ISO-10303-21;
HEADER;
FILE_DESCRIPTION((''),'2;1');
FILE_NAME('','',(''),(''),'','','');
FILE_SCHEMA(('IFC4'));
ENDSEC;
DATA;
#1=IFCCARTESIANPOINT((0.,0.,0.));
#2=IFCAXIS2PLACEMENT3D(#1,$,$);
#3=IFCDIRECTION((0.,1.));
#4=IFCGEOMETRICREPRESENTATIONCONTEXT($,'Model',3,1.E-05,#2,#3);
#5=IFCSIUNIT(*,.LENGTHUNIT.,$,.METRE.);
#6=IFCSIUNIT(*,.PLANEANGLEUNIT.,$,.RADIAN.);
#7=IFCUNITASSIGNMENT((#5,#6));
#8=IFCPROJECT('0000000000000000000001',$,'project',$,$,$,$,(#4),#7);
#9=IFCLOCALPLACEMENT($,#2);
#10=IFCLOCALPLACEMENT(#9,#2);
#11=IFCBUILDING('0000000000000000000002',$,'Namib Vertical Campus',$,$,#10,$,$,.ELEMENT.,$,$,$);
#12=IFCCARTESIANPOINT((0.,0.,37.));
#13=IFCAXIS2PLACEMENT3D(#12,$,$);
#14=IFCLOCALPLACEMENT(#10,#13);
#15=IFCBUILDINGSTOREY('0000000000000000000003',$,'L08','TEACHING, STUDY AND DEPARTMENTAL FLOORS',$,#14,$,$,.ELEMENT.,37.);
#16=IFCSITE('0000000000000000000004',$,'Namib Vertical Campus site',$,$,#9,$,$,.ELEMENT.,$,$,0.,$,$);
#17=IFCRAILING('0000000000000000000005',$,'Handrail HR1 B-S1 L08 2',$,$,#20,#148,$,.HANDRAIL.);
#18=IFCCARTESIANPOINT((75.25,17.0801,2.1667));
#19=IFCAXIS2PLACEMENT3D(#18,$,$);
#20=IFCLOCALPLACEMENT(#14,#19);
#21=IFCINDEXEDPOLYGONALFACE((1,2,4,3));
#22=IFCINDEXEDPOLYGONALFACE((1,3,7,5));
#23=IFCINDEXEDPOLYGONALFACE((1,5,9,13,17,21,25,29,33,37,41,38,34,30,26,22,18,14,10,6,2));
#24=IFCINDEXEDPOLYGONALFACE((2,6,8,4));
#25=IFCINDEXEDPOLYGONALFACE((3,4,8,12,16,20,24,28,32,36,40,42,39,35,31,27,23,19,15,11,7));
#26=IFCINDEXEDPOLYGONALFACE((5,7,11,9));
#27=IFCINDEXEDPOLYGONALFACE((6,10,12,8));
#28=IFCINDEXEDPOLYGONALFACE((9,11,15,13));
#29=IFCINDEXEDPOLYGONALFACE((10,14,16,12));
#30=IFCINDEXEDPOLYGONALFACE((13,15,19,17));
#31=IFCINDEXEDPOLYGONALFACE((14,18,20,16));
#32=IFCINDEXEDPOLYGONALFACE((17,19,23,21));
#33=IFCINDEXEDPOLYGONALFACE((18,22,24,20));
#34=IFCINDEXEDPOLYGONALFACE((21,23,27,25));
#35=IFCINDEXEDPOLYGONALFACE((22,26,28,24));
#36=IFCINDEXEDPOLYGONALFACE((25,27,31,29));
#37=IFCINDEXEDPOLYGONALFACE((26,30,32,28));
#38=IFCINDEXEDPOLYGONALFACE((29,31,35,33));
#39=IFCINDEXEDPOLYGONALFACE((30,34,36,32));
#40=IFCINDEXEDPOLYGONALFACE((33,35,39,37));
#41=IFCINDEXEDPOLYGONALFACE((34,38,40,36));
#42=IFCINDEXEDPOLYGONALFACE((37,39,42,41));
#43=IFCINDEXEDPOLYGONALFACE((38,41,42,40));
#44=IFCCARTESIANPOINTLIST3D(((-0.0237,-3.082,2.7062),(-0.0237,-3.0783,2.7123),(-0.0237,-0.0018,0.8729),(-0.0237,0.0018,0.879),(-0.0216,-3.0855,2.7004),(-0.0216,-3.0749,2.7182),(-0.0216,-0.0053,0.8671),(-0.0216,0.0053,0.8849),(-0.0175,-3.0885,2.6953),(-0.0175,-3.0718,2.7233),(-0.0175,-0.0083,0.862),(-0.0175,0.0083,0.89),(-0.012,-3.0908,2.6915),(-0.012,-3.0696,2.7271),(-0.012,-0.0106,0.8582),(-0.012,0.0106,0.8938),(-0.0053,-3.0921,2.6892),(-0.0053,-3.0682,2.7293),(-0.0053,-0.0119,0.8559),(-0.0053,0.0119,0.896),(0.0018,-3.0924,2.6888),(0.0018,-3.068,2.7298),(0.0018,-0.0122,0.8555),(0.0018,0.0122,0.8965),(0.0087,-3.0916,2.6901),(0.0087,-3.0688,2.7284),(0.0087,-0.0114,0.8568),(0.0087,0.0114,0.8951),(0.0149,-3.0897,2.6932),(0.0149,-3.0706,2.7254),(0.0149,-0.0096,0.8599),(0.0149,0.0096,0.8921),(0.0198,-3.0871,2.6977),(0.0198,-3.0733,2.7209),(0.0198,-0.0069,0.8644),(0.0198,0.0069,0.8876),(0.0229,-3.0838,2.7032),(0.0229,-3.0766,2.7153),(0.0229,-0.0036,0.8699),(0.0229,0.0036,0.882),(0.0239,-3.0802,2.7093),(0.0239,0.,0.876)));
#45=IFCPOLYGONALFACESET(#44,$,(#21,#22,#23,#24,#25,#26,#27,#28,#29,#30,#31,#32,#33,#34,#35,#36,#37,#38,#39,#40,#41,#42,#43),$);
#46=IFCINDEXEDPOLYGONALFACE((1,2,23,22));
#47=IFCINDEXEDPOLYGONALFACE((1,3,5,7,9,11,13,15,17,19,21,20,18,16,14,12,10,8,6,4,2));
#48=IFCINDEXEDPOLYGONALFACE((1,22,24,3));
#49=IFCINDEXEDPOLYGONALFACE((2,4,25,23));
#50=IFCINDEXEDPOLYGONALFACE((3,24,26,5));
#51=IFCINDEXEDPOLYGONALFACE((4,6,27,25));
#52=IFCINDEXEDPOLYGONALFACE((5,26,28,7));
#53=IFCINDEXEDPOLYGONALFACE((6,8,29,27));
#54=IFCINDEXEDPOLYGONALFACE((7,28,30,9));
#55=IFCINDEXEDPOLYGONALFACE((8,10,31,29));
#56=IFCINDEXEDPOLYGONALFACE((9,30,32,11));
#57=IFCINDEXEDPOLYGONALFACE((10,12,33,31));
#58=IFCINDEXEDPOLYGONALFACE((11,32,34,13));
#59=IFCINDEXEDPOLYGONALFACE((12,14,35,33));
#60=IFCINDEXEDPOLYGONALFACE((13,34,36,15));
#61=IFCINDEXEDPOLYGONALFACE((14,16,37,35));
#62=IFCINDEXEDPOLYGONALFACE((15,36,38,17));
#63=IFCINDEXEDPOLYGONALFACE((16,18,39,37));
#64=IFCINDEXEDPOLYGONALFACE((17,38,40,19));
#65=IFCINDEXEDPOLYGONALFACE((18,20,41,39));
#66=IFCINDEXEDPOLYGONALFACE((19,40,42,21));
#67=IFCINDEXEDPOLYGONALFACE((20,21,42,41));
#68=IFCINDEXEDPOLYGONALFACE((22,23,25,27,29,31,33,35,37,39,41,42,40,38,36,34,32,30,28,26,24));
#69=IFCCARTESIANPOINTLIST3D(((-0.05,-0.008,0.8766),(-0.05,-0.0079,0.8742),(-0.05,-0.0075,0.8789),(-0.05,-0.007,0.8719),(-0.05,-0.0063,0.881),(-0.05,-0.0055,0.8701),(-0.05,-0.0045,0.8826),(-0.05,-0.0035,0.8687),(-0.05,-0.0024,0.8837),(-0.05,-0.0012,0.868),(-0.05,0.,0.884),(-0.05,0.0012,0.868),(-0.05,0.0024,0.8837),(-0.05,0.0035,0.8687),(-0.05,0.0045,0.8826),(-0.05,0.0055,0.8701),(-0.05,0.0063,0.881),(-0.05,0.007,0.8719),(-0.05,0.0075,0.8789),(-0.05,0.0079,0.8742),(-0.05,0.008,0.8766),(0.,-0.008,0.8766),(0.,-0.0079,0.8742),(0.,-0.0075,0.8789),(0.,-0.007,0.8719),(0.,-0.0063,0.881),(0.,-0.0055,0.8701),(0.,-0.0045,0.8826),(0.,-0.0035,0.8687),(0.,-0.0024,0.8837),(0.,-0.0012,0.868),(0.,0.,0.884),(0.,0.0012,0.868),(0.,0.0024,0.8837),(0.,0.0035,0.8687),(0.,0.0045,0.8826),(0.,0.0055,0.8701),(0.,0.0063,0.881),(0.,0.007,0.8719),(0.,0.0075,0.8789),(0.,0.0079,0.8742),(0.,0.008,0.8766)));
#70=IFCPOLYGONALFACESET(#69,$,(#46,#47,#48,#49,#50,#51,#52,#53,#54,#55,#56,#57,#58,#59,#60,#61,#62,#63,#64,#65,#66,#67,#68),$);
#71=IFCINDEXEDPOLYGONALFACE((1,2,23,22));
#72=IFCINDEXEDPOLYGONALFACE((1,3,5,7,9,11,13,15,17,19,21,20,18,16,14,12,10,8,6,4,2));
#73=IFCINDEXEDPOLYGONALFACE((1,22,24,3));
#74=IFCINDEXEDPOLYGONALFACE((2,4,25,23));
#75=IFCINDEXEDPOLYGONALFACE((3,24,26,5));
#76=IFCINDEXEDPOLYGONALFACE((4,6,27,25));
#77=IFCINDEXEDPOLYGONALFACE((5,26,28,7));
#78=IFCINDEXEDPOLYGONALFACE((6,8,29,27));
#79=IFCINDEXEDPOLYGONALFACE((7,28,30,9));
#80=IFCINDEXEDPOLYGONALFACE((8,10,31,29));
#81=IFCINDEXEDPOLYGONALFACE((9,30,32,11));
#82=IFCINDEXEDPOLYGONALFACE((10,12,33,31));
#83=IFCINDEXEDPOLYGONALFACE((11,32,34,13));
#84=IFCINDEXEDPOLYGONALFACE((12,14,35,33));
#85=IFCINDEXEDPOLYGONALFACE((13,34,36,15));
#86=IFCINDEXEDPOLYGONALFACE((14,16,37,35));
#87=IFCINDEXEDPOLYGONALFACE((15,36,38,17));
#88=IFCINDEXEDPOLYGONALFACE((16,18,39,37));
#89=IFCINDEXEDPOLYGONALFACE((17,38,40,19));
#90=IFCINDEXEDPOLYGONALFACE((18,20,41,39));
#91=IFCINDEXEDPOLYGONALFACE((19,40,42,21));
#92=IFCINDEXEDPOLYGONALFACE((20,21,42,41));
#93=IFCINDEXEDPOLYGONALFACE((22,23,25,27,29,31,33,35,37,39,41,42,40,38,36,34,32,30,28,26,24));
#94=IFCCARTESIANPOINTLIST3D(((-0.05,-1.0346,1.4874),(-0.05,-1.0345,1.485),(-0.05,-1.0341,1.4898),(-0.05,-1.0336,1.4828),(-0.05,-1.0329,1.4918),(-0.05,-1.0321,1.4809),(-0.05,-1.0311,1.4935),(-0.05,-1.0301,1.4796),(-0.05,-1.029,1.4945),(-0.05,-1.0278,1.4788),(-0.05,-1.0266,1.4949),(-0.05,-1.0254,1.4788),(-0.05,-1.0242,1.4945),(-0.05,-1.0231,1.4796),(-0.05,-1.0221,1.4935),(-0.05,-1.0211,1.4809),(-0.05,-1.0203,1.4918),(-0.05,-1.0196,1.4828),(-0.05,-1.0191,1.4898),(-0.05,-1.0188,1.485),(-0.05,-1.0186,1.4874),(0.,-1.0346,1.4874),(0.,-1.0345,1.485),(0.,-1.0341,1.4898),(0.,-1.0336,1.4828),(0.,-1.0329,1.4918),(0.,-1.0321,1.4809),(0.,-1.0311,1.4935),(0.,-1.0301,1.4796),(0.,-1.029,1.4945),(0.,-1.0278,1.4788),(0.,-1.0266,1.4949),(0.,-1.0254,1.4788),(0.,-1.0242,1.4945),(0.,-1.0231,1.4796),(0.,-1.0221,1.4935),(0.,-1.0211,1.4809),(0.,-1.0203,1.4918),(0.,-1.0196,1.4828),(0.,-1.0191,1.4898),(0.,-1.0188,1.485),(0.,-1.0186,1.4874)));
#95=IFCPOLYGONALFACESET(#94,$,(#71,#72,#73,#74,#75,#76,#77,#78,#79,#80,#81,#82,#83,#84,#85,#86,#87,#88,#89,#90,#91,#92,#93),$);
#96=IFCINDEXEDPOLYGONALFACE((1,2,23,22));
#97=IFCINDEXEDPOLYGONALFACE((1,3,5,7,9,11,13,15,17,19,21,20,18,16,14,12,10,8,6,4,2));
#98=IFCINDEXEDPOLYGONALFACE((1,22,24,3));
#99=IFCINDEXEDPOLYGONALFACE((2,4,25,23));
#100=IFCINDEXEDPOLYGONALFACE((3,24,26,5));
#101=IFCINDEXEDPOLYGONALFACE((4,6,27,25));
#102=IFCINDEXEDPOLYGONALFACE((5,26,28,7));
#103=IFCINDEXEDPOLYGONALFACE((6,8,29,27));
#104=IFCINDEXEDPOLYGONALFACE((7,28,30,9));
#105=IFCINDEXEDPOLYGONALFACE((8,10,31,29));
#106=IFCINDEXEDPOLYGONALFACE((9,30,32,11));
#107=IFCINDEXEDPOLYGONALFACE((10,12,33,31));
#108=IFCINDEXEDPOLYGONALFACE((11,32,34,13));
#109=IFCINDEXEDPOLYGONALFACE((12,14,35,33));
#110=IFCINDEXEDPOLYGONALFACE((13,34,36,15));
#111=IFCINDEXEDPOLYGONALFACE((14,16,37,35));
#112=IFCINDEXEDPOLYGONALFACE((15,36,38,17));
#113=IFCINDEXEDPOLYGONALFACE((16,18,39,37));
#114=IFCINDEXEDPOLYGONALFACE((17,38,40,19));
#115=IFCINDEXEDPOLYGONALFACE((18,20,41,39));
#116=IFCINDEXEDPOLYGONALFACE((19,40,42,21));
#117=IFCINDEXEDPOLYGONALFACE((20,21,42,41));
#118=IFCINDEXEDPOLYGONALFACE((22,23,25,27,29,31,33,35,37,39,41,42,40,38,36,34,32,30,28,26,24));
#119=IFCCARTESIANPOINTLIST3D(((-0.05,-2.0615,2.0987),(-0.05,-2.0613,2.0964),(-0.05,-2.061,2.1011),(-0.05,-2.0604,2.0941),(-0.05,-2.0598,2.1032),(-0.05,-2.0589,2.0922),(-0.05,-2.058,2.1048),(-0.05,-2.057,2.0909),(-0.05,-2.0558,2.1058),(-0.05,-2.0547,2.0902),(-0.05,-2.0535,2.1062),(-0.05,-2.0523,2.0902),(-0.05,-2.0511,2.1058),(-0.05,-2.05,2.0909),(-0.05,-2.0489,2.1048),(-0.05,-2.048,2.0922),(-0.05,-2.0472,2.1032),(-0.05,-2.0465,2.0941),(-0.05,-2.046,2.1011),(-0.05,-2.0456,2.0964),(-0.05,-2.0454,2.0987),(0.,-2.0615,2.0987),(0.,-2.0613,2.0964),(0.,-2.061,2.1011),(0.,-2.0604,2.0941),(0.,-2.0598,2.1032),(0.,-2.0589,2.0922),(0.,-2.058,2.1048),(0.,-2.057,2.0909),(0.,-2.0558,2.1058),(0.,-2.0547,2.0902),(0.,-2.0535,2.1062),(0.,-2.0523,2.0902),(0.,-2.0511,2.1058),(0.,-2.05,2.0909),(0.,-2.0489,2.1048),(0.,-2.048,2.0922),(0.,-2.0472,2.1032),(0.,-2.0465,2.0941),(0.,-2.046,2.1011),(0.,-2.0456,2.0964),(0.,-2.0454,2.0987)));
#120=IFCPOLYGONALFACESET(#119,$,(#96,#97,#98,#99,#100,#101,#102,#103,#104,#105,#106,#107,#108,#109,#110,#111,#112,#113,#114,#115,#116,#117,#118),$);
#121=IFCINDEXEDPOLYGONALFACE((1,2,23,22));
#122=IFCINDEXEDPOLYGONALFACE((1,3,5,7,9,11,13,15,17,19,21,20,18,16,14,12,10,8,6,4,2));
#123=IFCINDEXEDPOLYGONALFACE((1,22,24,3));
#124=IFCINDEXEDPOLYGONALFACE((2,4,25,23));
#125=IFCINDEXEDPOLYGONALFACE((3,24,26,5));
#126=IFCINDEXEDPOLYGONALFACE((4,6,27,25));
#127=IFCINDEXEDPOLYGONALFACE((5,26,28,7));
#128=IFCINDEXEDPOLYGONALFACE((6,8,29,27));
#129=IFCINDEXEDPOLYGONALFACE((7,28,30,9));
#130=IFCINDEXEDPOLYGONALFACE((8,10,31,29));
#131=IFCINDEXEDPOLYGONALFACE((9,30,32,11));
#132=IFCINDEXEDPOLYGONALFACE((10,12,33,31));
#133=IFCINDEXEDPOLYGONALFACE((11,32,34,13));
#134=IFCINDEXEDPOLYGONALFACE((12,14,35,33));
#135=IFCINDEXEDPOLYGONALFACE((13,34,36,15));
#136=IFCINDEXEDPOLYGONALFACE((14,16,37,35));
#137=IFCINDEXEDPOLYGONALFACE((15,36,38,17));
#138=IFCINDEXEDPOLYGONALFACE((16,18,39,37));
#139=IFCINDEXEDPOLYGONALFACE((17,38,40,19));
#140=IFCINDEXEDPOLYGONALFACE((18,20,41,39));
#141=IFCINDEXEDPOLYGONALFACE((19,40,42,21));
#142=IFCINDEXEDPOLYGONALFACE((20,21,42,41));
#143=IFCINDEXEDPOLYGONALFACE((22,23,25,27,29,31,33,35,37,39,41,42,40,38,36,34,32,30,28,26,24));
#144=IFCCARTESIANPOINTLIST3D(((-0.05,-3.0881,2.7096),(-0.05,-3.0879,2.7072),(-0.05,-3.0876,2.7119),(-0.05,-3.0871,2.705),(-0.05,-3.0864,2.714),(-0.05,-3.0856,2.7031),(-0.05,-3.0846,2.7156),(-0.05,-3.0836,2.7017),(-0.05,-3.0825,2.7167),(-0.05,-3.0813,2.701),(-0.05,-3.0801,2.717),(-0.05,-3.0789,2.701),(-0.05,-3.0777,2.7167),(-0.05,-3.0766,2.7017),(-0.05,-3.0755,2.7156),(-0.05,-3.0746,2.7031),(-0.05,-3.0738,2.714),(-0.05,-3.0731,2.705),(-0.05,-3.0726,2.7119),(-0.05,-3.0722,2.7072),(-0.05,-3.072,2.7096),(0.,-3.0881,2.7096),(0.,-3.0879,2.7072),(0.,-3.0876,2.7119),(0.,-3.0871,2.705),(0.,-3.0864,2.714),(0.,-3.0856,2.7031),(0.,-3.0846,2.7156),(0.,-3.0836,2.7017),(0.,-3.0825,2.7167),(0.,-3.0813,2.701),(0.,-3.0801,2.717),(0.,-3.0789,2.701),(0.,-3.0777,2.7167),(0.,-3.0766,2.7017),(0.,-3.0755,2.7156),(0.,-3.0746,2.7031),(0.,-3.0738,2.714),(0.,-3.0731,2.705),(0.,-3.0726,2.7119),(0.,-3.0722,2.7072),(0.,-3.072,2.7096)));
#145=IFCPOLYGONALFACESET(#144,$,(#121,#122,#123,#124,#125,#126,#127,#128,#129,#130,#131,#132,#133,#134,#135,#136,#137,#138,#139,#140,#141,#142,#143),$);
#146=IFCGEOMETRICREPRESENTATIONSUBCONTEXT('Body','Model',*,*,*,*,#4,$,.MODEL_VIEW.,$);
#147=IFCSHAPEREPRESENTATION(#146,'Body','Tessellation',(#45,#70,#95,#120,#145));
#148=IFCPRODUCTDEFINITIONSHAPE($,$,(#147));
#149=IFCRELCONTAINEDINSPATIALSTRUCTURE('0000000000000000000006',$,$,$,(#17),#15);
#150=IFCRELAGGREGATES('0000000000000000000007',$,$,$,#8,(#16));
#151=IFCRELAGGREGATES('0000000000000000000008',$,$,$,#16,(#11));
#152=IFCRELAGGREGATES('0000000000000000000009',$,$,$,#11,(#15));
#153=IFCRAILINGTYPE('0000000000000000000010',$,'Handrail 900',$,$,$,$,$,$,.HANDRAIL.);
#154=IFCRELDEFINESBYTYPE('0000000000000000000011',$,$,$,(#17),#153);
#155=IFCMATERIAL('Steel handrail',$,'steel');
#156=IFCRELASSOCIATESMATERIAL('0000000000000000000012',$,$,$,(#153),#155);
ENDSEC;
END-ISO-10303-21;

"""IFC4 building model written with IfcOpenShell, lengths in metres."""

from ifc_helpers import new_model, si_unit, direction, frame, origin, origin_2d, place, context, subcontext, project, spatial, circle, extrude, material, type_object, element, save


model = new_model("IFC4")

# Units and contexts
model_context = context("Model", 3, precision=1e-05, world=origin(), true_north=direction((0.0, 1.0)))
body_context = subcontext(model_context, "Body", "Model", "MODEL_VIEW")
ifc_project = project(units=[si_unit("LENGTHUNIT", "METRE"), si_unit("PLANEANGLEUNIT", "RADIAN")], contexts=[model_context])

# Site, building, storey
site_placement = place(None, origin())
site = spatial("IfcSite", under=ifc_project, at=site_placement, Name="Namib Vertical Campus site", CompositionType="ELEMENT", RefElevation=0.0)
building_placement = place(site_placement, origin())
building = spatial("IfcBuilding", under=site, at=building_placement, Name="Namib Vertical Campus", CompositionType="ELEMENT")
storey_placement = place(building_placement, frame((0.0, 0.0, 37.0)))
storey = spatial("IfcBuildingStorey", under=building, at=storey_placement, Name="L08", Description="TEACHING, STUDY AND DEPARTMENTAL FLOORS", CompositionType="ELEMENT", Elevation=37.0)

# Railing
ifc_material_1 = material(Name="Steel handrail", Category="steel")
railing_type_1 = type_object("IfcRailingType", Name="Handrail 900", PredefinedType="HANDRAIL", material=ifc_material_1)
railing_1_placement = place(storey_placement, frame((75.25, 17.0801, 2.1667)))
element("IfcRailing", 1, at=railing_1_placement, inside=storey, type_object=railing_type_1, Name="Handrail HR1 B-S1 L08 2", PredefinedType="HANDRAIL", context=body_context, shape_type="SweptSolid", body=[
    extrude(circle(Radius=0.0239, at=origin_2d()), frame((0.0, 0.0, 0.876), z_axis=(0.0, -0.859309, 0.511458), x_axis=(1.0, 0.0, 0.0)), (0.0, 0.0, 1.0), 3.5845),
    extrude(circle(Radius=0.0081, at=origin_2d()), frame((0.0, 0.0, 0.876), z_axis=(-1.0, 0.0, 0.0), x_axis=(0.0, 0.0, 1.0)), (0.0, 0.0, 1.0), 0.05),
    extrude(circle(Radius=0.0081, at=origin_2d()), frame((0.0, -1.0266, 1.4868), z_axis=(-1.0, 0.0, 0.0), x_axis=(0.0, 0.0, 1.0)), (0.0, 0.0, 1.0), 0.05),
    extrude(circle(Radius=0.0081, at=origin_2d()), frame((0.0, -2.0535, 2.0981), z_axis=(-1.0, 0.0, 0.0), x_axis=(0.0, 0.0, 1.0)), (0.0, 0.0, 1.0), 0.05),
    extrude(circle(Radius=0.0081, at=origin_2d()), frame((0.0, -3.0801, 2.709), z_axis=(-1.0, 0.0, 0.0), x_axis=(0.0, 0.0, 1.0)), (0.0, 0.0, 1.0), 0.05),
])

save(model, "model.ifc")
